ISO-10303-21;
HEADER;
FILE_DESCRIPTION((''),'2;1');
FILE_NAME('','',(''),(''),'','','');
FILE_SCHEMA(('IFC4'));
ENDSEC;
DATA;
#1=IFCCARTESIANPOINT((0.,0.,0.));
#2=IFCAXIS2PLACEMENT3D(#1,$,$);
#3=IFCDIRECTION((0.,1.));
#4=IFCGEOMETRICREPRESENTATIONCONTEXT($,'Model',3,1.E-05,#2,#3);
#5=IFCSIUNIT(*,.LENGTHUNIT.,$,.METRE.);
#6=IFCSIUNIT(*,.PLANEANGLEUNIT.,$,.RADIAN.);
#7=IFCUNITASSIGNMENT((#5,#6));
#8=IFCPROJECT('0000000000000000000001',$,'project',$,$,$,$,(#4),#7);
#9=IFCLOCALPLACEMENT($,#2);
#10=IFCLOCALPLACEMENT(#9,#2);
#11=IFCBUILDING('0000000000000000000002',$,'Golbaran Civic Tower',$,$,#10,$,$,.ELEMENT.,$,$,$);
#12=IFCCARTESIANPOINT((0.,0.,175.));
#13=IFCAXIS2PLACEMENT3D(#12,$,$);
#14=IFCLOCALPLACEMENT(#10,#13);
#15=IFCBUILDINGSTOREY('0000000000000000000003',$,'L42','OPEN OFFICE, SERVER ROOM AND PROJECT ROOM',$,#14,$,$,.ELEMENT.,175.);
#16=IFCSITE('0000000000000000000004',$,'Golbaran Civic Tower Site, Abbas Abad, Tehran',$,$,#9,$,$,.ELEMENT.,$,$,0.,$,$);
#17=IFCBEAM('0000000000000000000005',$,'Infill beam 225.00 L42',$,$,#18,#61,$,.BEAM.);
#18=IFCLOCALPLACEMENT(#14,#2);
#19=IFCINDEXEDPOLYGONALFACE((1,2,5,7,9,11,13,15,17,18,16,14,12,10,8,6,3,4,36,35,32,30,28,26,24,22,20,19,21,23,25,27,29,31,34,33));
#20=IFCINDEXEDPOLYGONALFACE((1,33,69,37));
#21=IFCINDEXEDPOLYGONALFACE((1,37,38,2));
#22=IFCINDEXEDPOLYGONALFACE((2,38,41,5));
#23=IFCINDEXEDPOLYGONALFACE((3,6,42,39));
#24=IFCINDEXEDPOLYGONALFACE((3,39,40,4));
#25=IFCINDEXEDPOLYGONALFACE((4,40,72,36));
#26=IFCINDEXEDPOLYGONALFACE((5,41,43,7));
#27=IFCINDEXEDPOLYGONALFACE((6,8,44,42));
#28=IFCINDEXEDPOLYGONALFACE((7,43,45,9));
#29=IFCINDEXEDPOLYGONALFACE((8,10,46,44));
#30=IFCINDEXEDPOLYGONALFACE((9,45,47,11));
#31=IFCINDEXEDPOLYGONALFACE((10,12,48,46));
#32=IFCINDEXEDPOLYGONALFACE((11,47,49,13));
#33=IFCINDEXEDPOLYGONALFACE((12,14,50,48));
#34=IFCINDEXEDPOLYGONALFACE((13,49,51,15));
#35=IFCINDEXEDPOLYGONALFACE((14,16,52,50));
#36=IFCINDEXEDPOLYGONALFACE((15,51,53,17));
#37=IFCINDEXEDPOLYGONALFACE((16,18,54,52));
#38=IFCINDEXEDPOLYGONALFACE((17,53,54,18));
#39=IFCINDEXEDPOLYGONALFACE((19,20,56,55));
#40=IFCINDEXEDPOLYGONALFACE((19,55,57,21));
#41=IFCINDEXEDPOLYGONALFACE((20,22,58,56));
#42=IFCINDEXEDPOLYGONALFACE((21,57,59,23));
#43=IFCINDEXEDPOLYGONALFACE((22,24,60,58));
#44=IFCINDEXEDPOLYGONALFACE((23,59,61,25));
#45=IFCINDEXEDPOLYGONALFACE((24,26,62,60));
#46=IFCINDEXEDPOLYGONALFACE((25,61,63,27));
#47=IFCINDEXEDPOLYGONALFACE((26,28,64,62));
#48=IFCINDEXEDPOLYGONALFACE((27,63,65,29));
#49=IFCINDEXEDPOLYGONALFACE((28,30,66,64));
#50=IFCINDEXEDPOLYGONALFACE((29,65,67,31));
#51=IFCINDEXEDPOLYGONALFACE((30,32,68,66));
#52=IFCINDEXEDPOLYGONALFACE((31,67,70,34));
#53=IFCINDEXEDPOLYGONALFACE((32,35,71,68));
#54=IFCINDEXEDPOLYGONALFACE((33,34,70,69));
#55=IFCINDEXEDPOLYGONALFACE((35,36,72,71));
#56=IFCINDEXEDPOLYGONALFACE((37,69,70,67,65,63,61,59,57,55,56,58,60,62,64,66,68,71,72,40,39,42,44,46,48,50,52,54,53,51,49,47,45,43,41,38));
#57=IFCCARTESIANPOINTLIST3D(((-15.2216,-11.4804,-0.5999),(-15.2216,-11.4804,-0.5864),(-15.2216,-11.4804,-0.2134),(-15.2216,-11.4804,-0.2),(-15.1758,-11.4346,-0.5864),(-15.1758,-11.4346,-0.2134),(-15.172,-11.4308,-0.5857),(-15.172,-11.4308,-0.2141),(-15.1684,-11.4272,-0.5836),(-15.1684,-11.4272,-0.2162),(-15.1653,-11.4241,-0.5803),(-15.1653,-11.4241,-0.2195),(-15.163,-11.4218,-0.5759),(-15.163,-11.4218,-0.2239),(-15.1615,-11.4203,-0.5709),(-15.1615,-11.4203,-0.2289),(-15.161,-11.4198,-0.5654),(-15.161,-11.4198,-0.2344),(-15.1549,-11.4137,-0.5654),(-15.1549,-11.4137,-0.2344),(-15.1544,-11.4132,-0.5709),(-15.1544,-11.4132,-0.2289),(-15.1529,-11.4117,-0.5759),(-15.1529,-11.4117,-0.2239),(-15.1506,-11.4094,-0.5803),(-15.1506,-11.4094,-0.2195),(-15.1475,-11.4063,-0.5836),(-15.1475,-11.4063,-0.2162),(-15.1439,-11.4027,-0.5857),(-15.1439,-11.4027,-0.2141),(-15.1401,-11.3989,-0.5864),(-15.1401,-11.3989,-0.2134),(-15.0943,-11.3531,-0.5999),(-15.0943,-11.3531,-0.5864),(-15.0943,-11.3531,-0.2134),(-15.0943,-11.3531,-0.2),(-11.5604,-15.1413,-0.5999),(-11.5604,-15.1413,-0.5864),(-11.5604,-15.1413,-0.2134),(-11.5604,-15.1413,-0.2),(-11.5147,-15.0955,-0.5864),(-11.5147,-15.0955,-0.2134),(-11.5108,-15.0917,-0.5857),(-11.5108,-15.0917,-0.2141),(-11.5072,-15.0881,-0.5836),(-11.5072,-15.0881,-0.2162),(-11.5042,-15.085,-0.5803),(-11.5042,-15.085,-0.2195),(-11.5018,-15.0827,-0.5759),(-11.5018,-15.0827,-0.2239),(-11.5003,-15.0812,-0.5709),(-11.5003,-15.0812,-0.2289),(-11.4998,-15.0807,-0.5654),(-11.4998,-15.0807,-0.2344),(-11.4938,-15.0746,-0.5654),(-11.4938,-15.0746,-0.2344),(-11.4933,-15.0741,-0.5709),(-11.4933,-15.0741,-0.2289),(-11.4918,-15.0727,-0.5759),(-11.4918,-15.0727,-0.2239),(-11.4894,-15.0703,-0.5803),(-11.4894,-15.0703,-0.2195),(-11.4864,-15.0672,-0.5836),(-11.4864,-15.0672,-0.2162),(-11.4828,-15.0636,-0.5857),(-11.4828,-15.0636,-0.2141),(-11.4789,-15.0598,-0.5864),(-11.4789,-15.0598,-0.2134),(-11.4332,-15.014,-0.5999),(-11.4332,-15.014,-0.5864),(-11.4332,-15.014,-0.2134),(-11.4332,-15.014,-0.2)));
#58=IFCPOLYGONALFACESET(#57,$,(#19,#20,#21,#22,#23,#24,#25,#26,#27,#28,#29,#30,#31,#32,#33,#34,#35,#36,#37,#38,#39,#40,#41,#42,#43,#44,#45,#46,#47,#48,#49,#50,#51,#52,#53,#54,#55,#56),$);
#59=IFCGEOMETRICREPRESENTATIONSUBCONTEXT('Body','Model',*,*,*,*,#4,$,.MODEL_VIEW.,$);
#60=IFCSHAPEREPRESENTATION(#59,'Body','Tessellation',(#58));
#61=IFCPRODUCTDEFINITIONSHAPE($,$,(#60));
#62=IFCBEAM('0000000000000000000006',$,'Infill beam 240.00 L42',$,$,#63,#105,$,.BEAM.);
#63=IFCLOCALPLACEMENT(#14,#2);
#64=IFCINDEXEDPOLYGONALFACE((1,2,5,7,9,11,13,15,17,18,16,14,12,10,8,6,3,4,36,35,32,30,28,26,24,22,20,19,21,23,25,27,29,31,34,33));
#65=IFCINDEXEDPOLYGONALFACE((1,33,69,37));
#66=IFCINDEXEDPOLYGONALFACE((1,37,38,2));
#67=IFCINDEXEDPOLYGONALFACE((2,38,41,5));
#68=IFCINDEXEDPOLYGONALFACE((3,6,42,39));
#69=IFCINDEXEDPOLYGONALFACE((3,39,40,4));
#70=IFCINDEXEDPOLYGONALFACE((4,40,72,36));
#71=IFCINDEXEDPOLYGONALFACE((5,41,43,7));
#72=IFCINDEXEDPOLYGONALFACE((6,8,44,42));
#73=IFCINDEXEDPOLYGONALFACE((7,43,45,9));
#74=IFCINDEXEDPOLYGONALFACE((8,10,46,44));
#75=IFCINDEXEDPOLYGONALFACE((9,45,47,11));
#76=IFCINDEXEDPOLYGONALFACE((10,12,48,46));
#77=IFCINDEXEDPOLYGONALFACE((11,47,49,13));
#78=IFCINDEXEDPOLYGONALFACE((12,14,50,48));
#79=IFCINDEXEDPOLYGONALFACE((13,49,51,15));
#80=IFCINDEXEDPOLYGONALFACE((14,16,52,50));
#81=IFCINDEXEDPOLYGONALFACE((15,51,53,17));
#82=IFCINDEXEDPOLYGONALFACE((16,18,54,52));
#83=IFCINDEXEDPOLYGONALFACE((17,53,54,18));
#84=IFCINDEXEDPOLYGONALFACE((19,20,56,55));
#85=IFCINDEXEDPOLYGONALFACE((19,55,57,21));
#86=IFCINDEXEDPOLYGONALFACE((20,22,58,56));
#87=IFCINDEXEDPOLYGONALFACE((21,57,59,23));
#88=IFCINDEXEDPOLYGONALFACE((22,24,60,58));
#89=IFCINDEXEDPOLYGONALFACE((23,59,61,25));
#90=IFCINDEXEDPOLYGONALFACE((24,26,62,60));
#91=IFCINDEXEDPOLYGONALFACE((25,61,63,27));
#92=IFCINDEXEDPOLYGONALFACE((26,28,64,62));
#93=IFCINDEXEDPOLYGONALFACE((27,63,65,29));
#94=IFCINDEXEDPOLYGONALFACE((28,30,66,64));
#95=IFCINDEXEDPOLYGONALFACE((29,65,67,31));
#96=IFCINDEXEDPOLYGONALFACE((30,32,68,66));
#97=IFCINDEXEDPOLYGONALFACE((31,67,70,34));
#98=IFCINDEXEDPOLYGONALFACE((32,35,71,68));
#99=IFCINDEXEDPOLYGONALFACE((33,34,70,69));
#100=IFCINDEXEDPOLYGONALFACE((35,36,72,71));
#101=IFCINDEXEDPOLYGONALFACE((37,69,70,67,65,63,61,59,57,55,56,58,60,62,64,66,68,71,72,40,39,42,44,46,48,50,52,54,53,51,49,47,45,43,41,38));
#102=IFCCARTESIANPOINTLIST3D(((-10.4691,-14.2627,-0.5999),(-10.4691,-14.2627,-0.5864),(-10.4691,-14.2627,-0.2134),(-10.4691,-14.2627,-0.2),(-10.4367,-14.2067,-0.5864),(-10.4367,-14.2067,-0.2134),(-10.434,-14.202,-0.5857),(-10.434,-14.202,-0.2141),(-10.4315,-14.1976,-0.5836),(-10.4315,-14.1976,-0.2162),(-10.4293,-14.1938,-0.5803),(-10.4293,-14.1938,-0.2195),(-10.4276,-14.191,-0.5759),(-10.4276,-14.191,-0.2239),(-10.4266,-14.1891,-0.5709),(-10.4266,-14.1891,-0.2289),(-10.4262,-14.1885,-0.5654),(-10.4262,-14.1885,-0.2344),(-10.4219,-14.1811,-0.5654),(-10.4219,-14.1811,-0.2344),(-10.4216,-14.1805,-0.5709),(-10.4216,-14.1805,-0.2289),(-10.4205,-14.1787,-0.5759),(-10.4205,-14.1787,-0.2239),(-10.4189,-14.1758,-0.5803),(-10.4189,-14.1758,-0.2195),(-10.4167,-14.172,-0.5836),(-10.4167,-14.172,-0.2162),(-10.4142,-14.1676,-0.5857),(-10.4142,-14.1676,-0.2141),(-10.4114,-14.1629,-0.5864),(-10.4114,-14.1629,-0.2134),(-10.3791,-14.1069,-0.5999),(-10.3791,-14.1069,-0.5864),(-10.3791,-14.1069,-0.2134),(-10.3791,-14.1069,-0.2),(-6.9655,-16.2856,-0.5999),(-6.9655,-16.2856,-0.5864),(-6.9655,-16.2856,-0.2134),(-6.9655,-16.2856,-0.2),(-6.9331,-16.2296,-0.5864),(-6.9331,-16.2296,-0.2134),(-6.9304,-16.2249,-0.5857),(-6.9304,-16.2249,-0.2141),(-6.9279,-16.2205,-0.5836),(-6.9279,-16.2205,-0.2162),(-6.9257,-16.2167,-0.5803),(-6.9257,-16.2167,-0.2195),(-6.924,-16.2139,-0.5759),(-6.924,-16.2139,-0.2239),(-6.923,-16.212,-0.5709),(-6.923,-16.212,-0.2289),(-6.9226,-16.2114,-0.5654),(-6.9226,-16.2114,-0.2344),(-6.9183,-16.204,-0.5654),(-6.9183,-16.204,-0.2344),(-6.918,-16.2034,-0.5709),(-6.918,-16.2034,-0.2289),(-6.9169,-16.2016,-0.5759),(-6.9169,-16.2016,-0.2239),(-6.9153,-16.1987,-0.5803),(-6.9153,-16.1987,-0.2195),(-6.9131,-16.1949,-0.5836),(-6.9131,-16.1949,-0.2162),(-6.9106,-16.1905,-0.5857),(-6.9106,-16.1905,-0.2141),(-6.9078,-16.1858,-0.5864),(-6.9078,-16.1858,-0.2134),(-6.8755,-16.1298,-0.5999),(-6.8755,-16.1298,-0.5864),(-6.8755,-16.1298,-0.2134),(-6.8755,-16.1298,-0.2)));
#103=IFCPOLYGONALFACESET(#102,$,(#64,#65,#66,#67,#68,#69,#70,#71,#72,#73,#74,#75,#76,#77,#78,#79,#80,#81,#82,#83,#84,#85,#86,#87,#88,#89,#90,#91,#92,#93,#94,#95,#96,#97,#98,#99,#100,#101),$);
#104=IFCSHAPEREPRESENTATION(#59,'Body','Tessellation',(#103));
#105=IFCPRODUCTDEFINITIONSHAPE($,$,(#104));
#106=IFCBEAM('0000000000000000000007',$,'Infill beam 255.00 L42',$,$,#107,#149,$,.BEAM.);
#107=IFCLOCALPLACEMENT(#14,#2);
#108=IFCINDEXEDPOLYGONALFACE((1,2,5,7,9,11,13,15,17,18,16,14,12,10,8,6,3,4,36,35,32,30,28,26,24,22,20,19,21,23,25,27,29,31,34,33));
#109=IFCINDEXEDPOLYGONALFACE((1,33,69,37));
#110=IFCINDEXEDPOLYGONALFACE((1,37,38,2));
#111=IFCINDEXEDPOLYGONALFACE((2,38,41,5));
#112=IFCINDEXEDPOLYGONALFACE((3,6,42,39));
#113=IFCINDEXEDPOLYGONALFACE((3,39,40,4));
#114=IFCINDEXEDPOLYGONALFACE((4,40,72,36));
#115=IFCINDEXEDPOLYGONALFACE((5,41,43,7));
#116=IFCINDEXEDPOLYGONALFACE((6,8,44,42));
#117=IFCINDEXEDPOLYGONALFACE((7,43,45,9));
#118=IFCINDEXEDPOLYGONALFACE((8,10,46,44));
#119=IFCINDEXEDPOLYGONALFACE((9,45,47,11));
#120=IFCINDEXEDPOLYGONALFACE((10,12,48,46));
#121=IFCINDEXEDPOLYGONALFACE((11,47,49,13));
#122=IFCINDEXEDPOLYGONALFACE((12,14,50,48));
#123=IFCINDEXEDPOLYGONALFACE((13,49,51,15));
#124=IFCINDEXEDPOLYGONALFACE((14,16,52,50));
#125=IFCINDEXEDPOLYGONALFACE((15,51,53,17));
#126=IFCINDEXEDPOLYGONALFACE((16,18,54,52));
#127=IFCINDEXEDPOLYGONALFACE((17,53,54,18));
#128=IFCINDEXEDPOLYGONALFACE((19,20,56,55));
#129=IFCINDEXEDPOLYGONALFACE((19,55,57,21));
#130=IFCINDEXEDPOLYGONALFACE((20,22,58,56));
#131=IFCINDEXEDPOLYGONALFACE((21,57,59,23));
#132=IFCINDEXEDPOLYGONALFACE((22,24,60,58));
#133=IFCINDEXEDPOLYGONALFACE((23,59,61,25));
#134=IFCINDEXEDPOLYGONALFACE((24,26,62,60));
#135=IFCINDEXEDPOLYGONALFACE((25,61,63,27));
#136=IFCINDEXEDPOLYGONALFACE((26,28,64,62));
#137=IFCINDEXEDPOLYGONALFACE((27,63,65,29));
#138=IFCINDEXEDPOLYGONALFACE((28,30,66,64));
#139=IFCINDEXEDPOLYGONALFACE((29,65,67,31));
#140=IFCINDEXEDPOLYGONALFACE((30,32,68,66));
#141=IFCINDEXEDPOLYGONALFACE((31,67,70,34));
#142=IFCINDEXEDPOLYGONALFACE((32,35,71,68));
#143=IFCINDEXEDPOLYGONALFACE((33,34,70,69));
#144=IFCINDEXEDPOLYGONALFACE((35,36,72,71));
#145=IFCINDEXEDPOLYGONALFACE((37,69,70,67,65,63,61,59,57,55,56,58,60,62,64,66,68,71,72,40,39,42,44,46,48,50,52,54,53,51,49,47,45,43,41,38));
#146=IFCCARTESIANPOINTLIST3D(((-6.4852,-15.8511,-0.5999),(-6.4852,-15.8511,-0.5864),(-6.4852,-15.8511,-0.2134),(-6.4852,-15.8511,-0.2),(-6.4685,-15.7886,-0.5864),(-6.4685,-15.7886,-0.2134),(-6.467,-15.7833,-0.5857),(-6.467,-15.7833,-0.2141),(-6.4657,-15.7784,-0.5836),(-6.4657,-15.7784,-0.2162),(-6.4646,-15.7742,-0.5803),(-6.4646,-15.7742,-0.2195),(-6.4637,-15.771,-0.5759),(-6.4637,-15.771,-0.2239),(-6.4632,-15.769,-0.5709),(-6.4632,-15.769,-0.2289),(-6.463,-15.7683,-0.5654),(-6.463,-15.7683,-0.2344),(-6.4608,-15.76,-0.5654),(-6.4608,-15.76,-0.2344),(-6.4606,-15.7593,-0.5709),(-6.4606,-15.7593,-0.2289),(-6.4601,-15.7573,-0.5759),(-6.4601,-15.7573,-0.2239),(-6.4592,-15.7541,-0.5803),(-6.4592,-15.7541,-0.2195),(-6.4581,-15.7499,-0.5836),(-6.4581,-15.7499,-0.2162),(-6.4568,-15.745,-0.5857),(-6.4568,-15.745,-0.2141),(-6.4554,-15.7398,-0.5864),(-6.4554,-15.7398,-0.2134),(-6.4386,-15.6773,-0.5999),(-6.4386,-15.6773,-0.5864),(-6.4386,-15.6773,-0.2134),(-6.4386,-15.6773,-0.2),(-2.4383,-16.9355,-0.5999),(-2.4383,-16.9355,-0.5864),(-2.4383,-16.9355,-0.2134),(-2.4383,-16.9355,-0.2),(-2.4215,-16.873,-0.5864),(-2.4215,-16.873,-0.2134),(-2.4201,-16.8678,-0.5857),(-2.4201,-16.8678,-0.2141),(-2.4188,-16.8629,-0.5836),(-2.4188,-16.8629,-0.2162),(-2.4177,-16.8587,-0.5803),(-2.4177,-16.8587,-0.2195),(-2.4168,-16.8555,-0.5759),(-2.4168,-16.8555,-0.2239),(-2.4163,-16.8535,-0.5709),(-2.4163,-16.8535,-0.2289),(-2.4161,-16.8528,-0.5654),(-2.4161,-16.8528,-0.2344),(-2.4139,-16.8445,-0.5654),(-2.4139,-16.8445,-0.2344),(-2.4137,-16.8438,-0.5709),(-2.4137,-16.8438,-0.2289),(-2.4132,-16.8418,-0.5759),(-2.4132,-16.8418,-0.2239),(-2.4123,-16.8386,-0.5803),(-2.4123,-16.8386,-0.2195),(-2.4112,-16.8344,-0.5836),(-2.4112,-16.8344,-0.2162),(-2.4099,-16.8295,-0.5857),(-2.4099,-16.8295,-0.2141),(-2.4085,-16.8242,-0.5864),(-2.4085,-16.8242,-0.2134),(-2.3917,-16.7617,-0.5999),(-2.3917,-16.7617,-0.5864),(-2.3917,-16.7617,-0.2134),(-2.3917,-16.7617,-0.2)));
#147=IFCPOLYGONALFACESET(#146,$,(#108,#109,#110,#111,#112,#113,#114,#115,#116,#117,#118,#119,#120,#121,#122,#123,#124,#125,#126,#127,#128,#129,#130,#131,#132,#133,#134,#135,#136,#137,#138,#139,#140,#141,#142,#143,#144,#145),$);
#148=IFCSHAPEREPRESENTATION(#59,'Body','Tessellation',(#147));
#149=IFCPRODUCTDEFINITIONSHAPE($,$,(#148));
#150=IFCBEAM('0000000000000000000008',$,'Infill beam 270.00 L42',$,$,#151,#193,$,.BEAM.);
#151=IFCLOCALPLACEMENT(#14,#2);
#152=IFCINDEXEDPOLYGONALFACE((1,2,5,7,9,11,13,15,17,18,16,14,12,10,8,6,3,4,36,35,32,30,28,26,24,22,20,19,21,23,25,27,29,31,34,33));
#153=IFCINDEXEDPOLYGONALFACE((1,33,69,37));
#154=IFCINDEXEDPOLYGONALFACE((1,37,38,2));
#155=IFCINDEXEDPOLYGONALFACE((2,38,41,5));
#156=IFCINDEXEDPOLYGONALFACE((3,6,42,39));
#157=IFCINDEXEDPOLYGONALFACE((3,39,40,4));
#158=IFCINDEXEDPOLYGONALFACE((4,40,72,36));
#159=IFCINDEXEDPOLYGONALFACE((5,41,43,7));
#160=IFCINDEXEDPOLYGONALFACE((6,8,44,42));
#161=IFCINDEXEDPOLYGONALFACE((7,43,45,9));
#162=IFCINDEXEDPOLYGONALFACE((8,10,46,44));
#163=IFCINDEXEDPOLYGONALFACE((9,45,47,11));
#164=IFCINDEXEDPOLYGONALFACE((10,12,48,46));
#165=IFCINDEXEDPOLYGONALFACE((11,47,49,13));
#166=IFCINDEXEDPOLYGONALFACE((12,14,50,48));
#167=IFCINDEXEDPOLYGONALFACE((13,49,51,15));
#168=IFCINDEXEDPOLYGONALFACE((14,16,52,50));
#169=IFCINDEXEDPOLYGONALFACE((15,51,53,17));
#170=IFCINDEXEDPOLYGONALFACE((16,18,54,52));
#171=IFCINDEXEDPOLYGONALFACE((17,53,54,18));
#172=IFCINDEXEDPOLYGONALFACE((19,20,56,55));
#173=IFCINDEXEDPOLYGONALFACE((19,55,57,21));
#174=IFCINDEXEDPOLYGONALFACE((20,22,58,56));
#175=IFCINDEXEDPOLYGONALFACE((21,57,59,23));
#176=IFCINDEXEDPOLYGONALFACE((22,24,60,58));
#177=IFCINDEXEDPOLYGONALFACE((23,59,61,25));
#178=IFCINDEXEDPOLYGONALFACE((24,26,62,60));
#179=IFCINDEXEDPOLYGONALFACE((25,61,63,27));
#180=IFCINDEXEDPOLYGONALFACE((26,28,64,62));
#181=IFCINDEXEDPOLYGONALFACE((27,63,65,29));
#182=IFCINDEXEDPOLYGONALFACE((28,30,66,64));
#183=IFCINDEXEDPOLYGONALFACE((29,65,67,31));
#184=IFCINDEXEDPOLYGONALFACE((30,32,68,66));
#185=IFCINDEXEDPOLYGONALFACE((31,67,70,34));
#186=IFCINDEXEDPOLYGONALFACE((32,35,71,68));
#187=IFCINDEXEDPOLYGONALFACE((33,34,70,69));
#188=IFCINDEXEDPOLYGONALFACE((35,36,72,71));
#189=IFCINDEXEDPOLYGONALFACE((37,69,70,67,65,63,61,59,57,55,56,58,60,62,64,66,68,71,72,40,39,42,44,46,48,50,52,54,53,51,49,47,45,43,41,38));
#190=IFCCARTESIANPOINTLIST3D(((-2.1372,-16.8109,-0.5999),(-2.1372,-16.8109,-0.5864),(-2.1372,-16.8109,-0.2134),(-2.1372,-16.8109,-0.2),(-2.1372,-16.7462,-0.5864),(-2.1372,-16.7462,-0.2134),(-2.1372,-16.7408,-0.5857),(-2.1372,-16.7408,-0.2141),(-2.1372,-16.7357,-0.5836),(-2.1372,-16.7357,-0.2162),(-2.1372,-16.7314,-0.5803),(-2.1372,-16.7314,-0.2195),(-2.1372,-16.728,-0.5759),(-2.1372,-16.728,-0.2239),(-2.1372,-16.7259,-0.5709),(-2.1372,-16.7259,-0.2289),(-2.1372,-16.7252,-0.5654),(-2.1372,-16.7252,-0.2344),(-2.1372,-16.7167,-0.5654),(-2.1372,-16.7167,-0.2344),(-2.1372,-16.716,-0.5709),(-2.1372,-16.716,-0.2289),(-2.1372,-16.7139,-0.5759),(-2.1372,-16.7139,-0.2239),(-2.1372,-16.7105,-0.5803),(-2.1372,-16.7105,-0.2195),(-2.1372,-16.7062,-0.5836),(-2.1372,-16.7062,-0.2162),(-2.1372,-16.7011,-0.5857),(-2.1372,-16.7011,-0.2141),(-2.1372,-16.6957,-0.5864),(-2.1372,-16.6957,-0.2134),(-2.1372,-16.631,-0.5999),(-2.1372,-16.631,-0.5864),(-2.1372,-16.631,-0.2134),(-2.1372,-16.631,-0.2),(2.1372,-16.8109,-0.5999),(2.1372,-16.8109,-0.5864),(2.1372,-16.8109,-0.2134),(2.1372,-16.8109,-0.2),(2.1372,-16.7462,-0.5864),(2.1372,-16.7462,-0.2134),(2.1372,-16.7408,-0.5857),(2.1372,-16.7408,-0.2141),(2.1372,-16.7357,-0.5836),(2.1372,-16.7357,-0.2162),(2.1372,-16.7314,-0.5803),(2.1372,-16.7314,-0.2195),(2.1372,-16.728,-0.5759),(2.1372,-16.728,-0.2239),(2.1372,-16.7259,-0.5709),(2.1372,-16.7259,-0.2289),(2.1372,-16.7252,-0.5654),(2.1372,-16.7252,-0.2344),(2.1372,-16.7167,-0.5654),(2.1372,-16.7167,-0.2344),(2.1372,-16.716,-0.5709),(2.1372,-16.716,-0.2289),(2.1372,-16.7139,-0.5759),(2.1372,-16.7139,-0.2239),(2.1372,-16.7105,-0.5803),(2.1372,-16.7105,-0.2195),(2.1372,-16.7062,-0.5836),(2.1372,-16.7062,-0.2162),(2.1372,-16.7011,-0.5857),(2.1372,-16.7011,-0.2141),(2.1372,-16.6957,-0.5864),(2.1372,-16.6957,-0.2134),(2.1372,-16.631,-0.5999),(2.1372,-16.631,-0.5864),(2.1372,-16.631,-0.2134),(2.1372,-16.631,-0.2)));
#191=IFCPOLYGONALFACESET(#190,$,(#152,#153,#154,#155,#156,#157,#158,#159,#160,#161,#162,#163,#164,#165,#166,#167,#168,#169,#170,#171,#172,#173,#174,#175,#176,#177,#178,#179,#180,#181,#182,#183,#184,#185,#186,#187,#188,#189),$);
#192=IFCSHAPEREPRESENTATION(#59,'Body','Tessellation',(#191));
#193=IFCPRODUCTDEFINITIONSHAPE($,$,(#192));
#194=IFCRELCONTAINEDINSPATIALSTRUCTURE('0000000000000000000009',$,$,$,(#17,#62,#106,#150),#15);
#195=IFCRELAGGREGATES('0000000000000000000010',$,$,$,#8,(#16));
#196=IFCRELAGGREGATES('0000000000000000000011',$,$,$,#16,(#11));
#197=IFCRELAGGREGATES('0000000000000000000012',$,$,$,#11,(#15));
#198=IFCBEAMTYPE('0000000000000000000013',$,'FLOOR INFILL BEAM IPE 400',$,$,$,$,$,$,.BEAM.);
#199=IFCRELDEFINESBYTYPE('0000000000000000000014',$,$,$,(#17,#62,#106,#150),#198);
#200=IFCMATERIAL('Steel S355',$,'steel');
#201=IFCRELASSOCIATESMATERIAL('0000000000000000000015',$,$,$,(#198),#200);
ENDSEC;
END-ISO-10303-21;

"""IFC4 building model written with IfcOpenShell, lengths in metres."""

from ifc_helpers import new_model, si_unit, direction, frame, origin, origin_2d, place, context, subcontext, project, spatial, i_section, extrude, material, material_profile, profile_set, type_object, element, save


model = new_model("IFC4")

# Units and contexts
model_context = context("Model", 3, precision=1e-05, world=origin(), true_north=direction((0.0, 1.0)))
body_context = subcontext(model_context, "Body", "Model", "MODEL_VIEW")
ifc_project = project(units=[si_unit("LENGTHUNIT", "METRE"), si_unit("PLANEANGLEUNIT", "RADIAN")], contexts=[model_context])

# Site, building, storey
site_placement = place(None, origin())
site = spatial("IfcSite", under=ifc_project, at=site_placement, Name="Golbaran Civic Tower Site, Abbas Abad, Tehran", CompositionType="ELEMENT", RefElevation=0.0)
building_placement = place(site_placement, origin())
building = spatial("IfcBuilding", under=site, at=building_placement, Name="Golbaran Civic Tower", CompositionType="ELEMENT")
storey_placement = place(building_placement, frame((0.0, 0.0, 175.0)))
storey = spatial("IfcBuildingStorey", under=building, at=storey_placement, Name="L42", Description="OPEN OFFICE, SERVER ROOM AND PROJECT ROOM", CompositionType="ELEMENT", Elevation=175.0)

# Beams
ifc_material_1 = material(Name="Steel S355", Category="steel")
ifc_material_profile_1 = material_profile(ifc_material_1, i_section(OverallWidth=0.1799, OverallDepth=0.3999, WebThickness=0.0085, FlangeThickness=0.0134, FilletRadius=0.021, at=origin_2d()), Name="IPE 400")
ifc_profile_set_1 = profile_set([ifc_material_profile_1], Name="Steel S355")
beam_type_1 = type_object("IfcBeamType", Name="FLOOR INFILL BEAM IPE 400", PredefinedType="BEAM", material=ifc_profile_set_1)
beam_1_placement = place(storey_placement, frame((-15.158, -11.4167, -0.3999), z_axis=(0.70713, -0.707083, 0.0), x_axis=(0.707083, 0.70713, 0.0)))
element("IfcBeam", 1, at=beam_1_placement, inside=storey, type_object=beam_type_1, Name="Infill beam 225.00 L42", PredefinedType="BEAM", context=body_context, shape_type="SweptSolid", body=[
    extrude(i_section(OverallWidth=0.1799, OverallDepth=0.3999, WebThickness=0.0085, FlangeThickness=0.0134, FilletRadius=0.021, at=origin_2d()), origin(), (0.0, 0.0, 1.0), 5.1775),
])
beam_2_placement = place(storey_placement, frame((-10.4241, -14.1848, -0.3999), z_axis=(0.866014, -0.50002, 0.0), x_axis=(0.50002, 0.866014, 0.0)))
element("IfcBeam", 2, at=beam_2_placement, inside=storey, type_object=beam_type_1, Name="Infill beam 240.00 L42", PredefinedType="BEAM", context=body_context, shape_type="SweptSolid", body=[
    extrude(i_section(OverallWidth=0.1799, OverallDepth=0.3999, WebThickness=0.0085, FlangeThickness=0.0134, FilletRadius=0.021, at=origin_2d()), origin(), (0.0, 0.0, 1.0), 4.0457),
])
beam_3_placement = place(storey_placement, frame((-6.4619, -15.7642, -0.3999), z_axis=(0.965919, -0.258845, 0.0), x_axis=(0.258845, 0.965919, 0.0)))
element("IfcBeam", 3, at=beam_3_placement, inside=storey, type_object=beam_type_1, Name="Infill beam 255.00 L42", PredefinedType="BEAM", context=body_context, shape_type="SweptSolid", body=[
    extrude(i_section(OverallWidth=0.1799, OverallDepth=0.3999, WebThickness=0.0085, FlangeThickness=0.0134, FilletRadius=0.021, at=origin_2d()), origin(), (0.0, 0.0, 1.0), 4.1897),
])
beam_4_placement = place(storey_placement, frame((-2.1372, -16.7209, -0.3999), z_axis=(1.0, 0.0, 0.0), x_axis=(0.0, 1.0, 0.0)))
element("IfcBeam", 4, at=beam_4_placement, inside=storey, type_object=beam_type_1, Name="Infill beam 270.00 L42", PredefinedType="BEAM", context=body_context, shape_type="SweptSolid", body=[
    extrude(i_section(OverallWidth=0.1799, OverallDepth=0.3999, WebThickness=0.0085, FlangeThickness=0.0134, FilletRadius=0.021, at=origin_2d()), origin(), (0.0, 0.0, 1.0), 4.2744),
])

save(model, "model.ifc")
